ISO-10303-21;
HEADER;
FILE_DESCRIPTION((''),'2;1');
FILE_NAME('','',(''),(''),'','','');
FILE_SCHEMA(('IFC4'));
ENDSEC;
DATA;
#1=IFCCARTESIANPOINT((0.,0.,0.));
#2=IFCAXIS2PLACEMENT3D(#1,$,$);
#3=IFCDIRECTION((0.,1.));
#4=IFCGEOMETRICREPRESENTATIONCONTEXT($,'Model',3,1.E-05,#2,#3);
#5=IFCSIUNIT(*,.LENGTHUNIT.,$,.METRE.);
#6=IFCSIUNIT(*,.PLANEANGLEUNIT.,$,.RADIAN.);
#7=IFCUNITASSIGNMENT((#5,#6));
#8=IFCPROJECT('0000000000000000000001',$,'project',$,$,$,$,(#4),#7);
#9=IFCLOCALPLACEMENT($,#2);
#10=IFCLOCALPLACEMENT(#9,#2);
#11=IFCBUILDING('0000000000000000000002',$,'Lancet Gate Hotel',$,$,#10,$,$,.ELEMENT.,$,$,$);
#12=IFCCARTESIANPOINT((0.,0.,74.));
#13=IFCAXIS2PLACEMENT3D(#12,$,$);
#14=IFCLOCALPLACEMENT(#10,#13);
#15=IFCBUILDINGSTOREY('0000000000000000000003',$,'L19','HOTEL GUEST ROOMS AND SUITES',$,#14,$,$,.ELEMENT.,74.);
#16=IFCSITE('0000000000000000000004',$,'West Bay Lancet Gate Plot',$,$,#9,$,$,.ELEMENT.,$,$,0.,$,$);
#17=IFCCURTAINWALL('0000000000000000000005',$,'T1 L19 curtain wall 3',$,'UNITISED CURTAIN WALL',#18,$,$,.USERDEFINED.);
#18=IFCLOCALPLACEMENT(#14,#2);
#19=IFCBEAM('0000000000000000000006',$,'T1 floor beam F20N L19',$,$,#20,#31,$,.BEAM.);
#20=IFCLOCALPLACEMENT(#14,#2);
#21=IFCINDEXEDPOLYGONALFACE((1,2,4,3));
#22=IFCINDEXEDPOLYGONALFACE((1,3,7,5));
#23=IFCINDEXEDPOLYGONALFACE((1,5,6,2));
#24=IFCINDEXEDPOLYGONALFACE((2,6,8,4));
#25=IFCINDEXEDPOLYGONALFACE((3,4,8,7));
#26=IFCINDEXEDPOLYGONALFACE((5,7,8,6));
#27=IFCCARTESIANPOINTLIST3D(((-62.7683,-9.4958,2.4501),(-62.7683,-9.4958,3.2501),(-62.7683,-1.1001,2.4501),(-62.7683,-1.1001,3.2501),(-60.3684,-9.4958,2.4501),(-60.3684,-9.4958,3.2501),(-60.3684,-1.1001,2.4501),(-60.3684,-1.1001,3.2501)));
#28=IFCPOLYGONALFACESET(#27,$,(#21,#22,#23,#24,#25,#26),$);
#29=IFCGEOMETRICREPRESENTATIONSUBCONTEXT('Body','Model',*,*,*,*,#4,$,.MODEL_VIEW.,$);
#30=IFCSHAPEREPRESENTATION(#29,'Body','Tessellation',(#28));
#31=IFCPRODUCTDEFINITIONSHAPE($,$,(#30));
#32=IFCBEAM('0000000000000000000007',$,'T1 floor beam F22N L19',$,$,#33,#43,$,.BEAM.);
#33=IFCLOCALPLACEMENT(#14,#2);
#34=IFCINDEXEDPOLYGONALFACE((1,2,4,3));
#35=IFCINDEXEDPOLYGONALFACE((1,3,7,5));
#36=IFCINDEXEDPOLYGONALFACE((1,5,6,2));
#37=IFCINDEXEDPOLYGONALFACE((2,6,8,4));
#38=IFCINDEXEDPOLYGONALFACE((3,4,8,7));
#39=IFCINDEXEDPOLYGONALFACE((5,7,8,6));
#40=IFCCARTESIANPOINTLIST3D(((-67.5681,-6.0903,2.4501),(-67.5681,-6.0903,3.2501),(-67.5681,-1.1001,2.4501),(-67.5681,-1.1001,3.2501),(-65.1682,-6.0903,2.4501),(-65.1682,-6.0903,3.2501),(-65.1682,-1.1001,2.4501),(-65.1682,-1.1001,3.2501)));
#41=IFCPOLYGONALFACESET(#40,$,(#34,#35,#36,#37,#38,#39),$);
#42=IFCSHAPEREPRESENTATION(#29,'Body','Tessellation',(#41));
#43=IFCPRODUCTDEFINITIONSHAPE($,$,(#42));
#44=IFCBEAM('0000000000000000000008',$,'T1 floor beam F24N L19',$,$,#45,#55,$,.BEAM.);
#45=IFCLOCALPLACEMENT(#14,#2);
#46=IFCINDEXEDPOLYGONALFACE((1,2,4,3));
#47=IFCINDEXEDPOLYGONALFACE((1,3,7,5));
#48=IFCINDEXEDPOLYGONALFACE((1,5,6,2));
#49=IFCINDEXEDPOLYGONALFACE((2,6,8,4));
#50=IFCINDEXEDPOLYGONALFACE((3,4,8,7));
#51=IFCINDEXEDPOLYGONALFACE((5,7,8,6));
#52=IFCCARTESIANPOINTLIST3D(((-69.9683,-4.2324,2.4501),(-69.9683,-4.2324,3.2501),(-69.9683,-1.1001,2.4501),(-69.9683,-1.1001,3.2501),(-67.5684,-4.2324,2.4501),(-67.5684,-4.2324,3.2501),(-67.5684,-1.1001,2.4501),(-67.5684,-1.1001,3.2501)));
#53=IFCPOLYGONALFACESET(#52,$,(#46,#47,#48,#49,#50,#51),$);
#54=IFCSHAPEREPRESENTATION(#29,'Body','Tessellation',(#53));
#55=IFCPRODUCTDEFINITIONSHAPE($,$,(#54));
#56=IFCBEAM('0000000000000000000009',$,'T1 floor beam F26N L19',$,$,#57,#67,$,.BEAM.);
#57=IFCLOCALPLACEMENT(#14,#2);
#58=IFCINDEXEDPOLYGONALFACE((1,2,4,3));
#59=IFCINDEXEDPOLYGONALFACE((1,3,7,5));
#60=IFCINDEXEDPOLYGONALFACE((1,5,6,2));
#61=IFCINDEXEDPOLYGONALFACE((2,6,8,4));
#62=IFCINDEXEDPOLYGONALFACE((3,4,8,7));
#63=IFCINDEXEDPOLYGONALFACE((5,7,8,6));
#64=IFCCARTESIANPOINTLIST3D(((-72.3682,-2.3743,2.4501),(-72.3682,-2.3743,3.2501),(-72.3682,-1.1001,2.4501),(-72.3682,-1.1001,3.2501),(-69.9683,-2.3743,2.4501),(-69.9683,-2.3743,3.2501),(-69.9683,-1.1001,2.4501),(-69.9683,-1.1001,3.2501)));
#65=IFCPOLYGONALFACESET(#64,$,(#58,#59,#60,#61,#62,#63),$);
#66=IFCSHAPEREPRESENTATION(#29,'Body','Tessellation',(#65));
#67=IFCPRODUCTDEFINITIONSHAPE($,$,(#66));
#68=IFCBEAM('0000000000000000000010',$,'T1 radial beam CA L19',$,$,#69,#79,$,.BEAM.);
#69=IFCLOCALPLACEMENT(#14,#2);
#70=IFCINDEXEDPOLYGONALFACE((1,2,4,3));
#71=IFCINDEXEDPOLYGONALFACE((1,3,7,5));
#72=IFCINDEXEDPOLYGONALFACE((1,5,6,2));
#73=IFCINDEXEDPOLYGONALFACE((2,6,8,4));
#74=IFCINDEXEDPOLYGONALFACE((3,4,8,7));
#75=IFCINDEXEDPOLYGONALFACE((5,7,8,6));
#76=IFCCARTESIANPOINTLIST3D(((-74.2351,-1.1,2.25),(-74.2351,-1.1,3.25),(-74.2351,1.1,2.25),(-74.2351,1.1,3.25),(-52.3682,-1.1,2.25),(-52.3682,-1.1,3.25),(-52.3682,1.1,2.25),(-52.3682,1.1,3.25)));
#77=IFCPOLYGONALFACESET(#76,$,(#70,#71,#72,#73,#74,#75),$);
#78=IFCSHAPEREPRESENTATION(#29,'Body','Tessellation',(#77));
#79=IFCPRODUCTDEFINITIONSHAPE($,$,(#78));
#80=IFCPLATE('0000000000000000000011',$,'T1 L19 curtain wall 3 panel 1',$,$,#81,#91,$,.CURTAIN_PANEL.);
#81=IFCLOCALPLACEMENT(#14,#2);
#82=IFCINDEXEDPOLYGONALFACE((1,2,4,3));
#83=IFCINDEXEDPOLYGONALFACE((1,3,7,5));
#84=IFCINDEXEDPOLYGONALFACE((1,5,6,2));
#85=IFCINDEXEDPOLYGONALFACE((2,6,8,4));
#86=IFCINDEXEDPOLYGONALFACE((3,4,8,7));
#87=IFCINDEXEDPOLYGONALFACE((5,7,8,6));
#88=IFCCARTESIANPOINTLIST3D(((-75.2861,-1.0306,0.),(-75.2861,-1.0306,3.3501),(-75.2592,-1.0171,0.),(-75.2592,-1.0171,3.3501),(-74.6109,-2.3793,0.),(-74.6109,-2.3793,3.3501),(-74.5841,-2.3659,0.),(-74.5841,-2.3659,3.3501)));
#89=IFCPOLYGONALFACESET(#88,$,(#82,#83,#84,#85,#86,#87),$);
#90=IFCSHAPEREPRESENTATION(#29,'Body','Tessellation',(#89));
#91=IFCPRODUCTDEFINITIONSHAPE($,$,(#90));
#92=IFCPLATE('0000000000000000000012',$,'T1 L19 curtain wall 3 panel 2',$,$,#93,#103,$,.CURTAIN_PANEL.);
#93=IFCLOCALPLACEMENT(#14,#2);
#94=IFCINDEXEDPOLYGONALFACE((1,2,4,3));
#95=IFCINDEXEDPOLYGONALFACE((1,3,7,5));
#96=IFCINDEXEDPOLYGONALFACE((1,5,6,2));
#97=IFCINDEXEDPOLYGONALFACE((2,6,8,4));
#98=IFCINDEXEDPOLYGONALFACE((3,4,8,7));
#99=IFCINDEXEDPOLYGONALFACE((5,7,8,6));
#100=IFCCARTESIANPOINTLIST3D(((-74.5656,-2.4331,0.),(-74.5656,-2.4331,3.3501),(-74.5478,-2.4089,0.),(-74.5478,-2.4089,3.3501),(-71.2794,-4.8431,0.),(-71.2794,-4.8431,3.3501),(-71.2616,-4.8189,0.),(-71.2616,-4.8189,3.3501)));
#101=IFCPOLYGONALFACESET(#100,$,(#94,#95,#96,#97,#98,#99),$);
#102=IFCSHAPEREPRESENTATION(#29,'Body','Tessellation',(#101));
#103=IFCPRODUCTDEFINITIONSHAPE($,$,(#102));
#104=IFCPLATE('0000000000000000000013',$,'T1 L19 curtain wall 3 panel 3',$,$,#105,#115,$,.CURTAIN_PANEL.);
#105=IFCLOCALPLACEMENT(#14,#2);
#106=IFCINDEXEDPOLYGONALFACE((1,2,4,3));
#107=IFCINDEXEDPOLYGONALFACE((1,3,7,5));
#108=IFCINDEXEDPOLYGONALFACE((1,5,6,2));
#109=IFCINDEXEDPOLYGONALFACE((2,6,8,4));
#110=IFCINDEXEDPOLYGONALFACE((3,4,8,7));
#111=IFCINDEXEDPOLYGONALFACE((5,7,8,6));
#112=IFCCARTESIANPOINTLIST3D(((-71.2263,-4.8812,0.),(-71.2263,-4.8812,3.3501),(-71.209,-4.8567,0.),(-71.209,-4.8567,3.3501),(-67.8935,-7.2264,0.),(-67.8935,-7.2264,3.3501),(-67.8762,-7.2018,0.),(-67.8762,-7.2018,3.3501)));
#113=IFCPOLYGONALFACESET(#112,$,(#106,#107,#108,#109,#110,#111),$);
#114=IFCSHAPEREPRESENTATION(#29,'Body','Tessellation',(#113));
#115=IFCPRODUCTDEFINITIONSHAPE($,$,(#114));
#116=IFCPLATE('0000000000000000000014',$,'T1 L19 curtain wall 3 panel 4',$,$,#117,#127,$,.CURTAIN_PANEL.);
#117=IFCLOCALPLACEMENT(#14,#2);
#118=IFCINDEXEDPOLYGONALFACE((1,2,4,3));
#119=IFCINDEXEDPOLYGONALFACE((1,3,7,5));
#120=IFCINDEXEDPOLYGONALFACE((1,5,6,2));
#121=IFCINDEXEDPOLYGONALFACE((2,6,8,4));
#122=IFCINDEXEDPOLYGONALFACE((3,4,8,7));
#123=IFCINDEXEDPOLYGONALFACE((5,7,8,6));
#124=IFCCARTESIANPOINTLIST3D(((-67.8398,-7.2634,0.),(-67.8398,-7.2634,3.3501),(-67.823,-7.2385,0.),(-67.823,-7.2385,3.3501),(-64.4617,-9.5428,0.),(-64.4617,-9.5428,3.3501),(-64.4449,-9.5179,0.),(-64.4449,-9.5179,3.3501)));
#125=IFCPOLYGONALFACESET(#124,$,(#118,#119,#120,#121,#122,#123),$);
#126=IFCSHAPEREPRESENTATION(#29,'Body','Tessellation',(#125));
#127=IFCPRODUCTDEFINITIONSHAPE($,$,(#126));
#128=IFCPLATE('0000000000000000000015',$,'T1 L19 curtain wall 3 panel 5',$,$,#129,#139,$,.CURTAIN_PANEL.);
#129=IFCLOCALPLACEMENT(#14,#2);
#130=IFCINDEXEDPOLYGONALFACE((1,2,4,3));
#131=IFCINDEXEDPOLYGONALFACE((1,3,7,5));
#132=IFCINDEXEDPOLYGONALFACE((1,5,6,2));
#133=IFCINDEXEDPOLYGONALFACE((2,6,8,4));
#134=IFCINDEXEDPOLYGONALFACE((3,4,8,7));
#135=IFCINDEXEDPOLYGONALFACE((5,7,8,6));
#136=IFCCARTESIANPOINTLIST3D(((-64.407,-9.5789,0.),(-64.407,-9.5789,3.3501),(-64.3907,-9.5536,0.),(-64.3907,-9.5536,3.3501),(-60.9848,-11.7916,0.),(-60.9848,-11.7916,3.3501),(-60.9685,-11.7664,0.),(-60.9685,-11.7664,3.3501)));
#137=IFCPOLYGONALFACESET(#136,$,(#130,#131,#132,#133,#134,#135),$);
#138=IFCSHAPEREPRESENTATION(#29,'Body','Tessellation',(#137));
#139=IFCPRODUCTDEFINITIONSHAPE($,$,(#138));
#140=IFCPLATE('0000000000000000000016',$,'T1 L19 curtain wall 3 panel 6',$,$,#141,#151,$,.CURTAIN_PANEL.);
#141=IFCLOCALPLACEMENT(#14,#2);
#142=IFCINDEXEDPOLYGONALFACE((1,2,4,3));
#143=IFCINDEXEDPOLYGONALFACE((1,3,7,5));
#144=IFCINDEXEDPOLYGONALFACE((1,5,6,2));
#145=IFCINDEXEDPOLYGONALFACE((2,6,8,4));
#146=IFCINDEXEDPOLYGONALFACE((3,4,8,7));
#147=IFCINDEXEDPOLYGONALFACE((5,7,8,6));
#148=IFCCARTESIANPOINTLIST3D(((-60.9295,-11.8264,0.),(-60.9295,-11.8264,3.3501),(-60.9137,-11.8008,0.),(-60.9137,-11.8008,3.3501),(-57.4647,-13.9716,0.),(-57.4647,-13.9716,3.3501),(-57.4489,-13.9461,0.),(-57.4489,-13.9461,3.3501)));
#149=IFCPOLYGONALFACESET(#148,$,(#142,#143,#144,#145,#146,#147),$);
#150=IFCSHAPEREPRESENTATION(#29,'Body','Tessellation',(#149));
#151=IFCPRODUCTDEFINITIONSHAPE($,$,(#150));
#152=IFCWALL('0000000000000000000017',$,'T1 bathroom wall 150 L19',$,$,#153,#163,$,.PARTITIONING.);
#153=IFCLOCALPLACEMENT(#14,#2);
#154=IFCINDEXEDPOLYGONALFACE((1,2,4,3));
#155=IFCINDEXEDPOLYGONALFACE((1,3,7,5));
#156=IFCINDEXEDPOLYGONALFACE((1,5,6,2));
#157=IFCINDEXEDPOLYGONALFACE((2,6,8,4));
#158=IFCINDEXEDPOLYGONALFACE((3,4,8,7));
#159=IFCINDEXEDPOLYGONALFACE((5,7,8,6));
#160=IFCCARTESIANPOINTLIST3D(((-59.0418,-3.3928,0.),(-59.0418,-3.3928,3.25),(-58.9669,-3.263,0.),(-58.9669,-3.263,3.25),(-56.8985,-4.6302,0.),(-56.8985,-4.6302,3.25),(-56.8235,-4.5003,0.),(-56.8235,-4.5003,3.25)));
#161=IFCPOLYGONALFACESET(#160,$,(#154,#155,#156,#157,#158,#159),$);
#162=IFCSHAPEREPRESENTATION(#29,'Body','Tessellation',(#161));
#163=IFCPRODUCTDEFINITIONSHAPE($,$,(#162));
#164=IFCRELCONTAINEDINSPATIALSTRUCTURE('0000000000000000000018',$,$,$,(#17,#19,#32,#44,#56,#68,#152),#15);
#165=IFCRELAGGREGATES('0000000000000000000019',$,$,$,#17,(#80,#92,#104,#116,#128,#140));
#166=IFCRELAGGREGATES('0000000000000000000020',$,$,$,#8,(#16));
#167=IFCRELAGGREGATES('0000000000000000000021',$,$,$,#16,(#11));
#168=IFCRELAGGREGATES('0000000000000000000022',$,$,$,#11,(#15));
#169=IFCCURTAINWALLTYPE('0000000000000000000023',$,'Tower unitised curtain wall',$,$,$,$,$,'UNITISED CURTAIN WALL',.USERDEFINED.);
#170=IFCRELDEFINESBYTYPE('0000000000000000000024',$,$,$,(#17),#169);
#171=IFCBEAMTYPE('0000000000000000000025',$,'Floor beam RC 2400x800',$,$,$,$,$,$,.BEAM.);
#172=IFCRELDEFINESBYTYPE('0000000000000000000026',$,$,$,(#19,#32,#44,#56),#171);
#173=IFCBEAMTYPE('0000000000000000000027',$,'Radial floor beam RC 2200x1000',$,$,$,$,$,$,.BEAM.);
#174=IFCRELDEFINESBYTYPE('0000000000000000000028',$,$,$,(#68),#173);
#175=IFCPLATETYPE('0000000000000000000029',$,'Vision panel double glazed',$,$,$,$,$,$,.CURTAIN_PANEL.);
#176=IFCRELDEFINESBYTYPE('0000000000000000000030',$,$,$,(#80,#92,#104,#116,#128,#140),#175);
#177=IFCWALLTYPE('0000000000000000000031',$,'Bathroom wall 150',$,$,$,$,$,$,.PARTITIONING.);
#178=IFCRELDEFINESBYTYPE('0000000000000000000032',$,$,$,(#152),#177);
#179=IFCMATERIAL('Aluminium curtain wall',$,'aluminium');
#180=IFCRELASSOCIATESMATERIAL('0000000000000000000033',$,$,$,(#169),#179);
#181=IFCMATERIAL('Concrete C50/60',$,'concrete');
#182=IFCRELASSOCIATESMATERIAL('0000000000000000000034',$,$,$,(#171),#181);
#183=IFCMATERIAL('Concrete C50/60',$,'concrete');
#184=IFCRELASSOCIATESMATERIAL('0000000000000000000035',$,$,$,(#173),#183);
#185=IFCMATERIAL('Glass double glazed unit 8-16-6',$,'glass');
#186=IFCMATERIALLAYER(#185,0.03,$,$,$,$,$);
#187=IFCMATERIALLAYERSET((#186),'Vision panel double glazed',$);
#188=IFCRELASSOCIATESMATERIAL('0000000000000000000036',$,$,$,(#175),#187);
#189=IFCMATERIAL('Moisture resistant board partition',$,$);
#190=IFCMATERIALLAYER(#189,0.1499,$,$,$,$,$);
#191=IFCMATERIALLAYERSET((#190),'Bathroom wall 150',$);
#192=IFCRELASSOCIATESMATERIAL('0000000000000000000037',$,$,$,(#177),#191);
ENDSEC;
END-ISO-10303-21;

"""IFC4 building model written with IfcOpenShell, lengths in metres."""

from ifc_helpers import new_model, si_unit, direction, frame, frame_2d, origin, origin_2d, place, context, subcontext, project, spatial, rectangle, extrude, material, layer, layer_set, material_profile, profile_set, type_object, element, aggregate, save


model = new_model("IFC4")

# Units and contexts
model_context = context("Model", 3, precision=1e-05, world=origin(), true_north=direction((0.0, 1.0)))
body_context = subcontext(model_context, "Body", "Model", "MODEL_VIEW")
ifc_project = project(units=[si_unit("LENGTHUNIT", "METRE"), si_unit("PLANEANGLEUNIT", "RADIAN")], contexts=[model_context])

# Site, building, storey
site_placement = place(None, origin())
site = spatial("IfcSite", under=ifc_project, at=site_placement, Name="West Bay Lancet Gate Plot", CompositionType="ELEMENT", RefElevation=0.0)
building_placement = place(site_placement, origin())
building = spatial("IfcBuilding", under=site, at=building_placement, Name="Lancet Gate Hotel", CompositionType="ELEMENT")
storey_placement = place(building_placement, frame((0.0, 0.0, 74.0)))
storey = spatial("IfcBuildingStorey", under=building, at=storey_placement, Name="L19", Description="HOTEL GUEST ROOMS AND SUITES", CompositionType="ELEMENT", Elevation=74.0)

# Curtain wall
ifc_material_1 = material(Name="Aluminium curtain wall", Category="aluminium")
curtain_wall_type = type_object("IfcCurtainWallType", Name="Tower unitised curtain wall", ElementType="UNITISED CURTAIN WALL", PredefinedType="USERDEFINED", material=ifc_material_1)
curtain_wall_placement = place(storey_placement, origin())
curtain_wall = element("IfcCurtainWall", 1, at=curtain_wall_placement, inside=storey, type_object=curtain_wall_type, Name="T1 L19 curtain wall 3", ObjectType="UNITISED CURTAIN WALL", PredefinedType="USERDEFINED")

# Beams
ifc_material_2 = material(Name="Concrete C50/60", Category="concrete")
ifc_material_profile_1 = material_profile(ifc_material_2, rectangle(XDim=2.3999, YDim=0.8, at=origin_2d()), Name="RC 2400x800")
ifc_profile_set_1 = profile_set([ifc_material_profile_1], Name="Concrete C50/60")
beam_type_1 = type_object("IfcBeamType", Name="Floor beam RC 2400x800", PredefinedType="BEAM", material=ifc_profile_set_1)
beam_1_placement = place(storey_placement, frame((-61.5684, -1.1001, 2.8501), z_axis=(0.0, -1.0, 0.0), x_axis=(1.0, 0.0, 0.0)))
element("IfcBeam", 2, at=beam_1_placement, inside=storey, type_object=beam_type_1, Name="T1 floor beam F20N L19", PredefinedType="BEAM", context=body_context, shape_type="SweptSolid", body=[
    extrude(rectangle(XDim=2.3999, YDim=0.8, at=origin_2d()), origin(), (0.0, 0.0, 1.0), 8.3958),
])
beam_2_placement = place(storey_placement, frame((-66.3682, -1.1001, 2.8501), z_axis=(0.0, -1.0, 0.0), x_axis=(1.0, 0.0, 0.0)))
element("IfcBeam", 3, at=beam_2_placement, inside=storey, type_object=beam_type_1, Name="T1 floor beam F22N L19", PredefinedType="BEAM", context=body_context, shape_type="SweptSolid", body=[
    extrude(rectangle(XDim=2.3999, YDim=0.8, at=origin_2d()), origin(), (0.0, 0.0, 1.0), 4.9902),
])
beam_3_placement = place(storey_placement, frame((-68.7683, -1.1001, 2.8501), z_axis=(0.0, -1.0, 0.0), x_axis=(1.0, 0.0, 0.0)))
element("IfcBeam", 4, at=beam_3_placement, inside=storey, type_object=beam_type_1, Name="T1 floor beam F24N L19", PredefinedType="BEAM", context=body_context, shape_type="SweptSolid", body=[
    extrude(rectangle(XDim=2.3999, YDim=0.8, at=origin_2d()), origin(), (0.0, 0.0, 1.0), 3.1323),
])
beam_4_placement = place(storey_placement, frame((-71.1682, -1.1001, 2.8501), z_axis=(0.0, -1.0, 0.0), x_axis=(1.0, 0.0, 0.0)))
element("IfcBeam", 5, at=beam_4_placement, inside=storey, type_object=beam_type_1, Name="T1 floor beam F26N L19", PredefinedType="BEAM", context=body_context, shape_type="SweptSolid", body=[
    extrude(rectangle(XDim=2.3999, YDim=0.8, at=origin_2d()), origin(), (0.0, 0.0, 1.0), 1.2742),
])
ifc_material_3 = material(Name="Concrete C50/60", Category="concrete")
ifc_material_profile_2 = material_profile(ifc_material_3, rectangle(XDim=2.2, YDim=1.0, at=origin_2d()), Name="RC 2200x1000")
ifc_profile_set_2 = profile_set([ifc_material_profile_2], Name="Concrete C50/60")
beam_type_2 = type_object("IfcBeamType", Name="Radial floor beam RC 2200x1000", PredefinedType="BEAM", material=ifc_profile_set_2)
beam_5_placement = place(storey_placement, frame((-74.2351, 0.0, 2.75), z_axis=(1.0, 0.0, 0.0), x_axis=(0.0, 1.0, 0.0)))
element("IfcBeam", 6, at=beam_5_placement, inside=storey, type_object=beam_type_2, Name="T1 radial beam CA L19", PredefinedType="BEAM", context=body_context, shape_type="SweptSolid", body=[
    extrude(rectangle(XDim=2.2, YDim=1.0, at=origin_2d()), origin(), (0.0, 0.0, 1.0), 21.8669),
])

# Plates
ifc_material_4 = material(Name="Glass double glazed unit 8-16-6", Category="glass")
ifc_layer_1 = layer(ifc_material_4, 0.03)
ifc_layer_set_1 = layer_set([ifc_layer_1], Name="Vision panel double glazed")
plate_type = type_object("IfcPlateType", Name="Vision panel double glazed", PredefinedType="CURTAIN_PANEL", material=ifc_layer_set_1)
plate_1_placement = place(storey_placement, frame((-74.9351, -1.6982, 0.0), z_axis=(0.0, 0.0, 1.0), x_axis=(0.447628, -0.89422, 0.0)))
plate_1 = element("IfcPlate", 7, at=plate_1_placement, type_object=plate_type, Name="T1 L19 curtain wall 3 panel 1", PredefinedType="CURTAIN_PANEL", context=body_context, shape_type="SweptSolid", body=[
    extrude(rectangle(XDim=1.5083, YDim=0.03, at=origin_2d()), origin(), (0.0, 0.0, 1.0), 3.3501),
])
plate_2_placement = place(storey_placement, frame((-72.9136, -3.626, 0.0), z_axis=(0.0, 0.0, 1.0), x_axis=(0.80639, -0.591384, 0.0)))
plate_2 = element("IfcPlate", 8, at=plate_2_placement, type_object=plate_type, Name="T1 L19 curtain wall 3 panel 2", PredefinedType="CURTAIN_PANEL", context=body_context, shape_type="SweptSolid", body=[
    extrude(rectangle(XDim=4.0752, YDim=0.03, at=origin_2d()), origin(), (0.0, 0.0, 1.0), 3.3501),
])
plate_3_placement = place(storey_placement, frame((-69.5513, -6.0415, 0.0), z_axis=(0.0, 0.0, 1.0), x_axis=(0.817825, -0.575467, 0.0)))
plate_3 = element("IfcPlate", 9, at=plate_3_placement, type_object=plate_type, Name="T1 L19 curtain wall 3 panel 3", PredefinedType="CURTAIN_PANEL", context=body_context, shape_type="SweptSolid", body=[
    extrude(rectangle(XDim=4.0752, YDim=0.03, at=origin_2d()), origin(), (0.0, 0.0, 1.0), 3.3501),
])
plate_4_placement = place(storey_placement, frame((-66.1423, -8.3906, 0.0), z_axis=(0.0, 0.0, 1.0), x_axis=(0.828946, -0.559329, 0.0)))
plate_4 = element("IfcPlate", 10, at=plate_4_placement, type_object=plate_type, Name="T1 L19 curtain wall 3 panel 4", PredefinedType="CURTAIN_PANEL", context=body_context, shape_type="SweptSolid", body=[
    extrude(rectangle(XDim=4.0752, YDim=0.03, at=origin_2d()), origin(), (0.0, 0.0, 1.0), 3.3501),
])
plate_5_placement = place(storey_placement, frame((-62.6877, -10.6726, 0.0), z_axis=(0.0, 0.0, 1.0), x_axis=(0.839749, -0.542975, 0.0)))
plate_5 = element("IfcPlate", 11, at=plate_5_placement, type_object=plate_type, Name="T1 L19 curtain wall 3 panel 5", PredefinedType="CURTAIN_PANEL", context=body_context, shape_type="SweptSolid", body=[
    extrude(rectangle(XDim=4.0752, YDim=0.03, at=origin_2d()), origin(), (0.0, 0.0, 1.0), 3.3501),
])
plate_6_placement = place(storey_placement, frame((-59.1892, -12.8862, 0.0), z_axis=(0.0, 0.0, 1.0), x_axis=(0.850229, -0.526414, 0.0)))
plate_6 = element("IfcPlate", 12, at=plate_6_placement, type_object=plate_type, Name="T1 L19 curtain wall 3 panel 6", PredefinedType="CURTAIN_PANEL", context=body_context, shape_type="SweptSolid", body=[
    extrude(rectangle(XDim=4.0752, YDim=0.03, at=origin_2d()), origin(), (0.0, 0.0, 1.0), 3.3501),
])
aggregate(curtain_wall, [plate_1, plate_2, plate_3, plate_4, plate_5, plate_6])

# Wall
ifc_material_5 = material(Name="Moisture resistant board partition")
ifc_layer_2 = layer(ifc_material_5, 0.1499)
ifc_layer_set_2 = layer_set([ifc_layer_2], Name="Bathroom wall 150")
wall_type = type_object("IfcWallType", Name="Bathroom wall 150", PredefinedType="PARTITIONING", material=ifc_layer_set_2)
wall_1_placement = place(storey_placement, frame((-56.8611, -4.5652, 0.0), z_axis=(0.0, 0.0, 1.0), x_axis=(-0.866049, 0.499959, 0.0)))
element("IfcWall", 13, at=wall_1_placement, inside=storey, type_object=wall_type, Name="T1 bathroom wall 150 L19", PredefinedType="PARTITIONING", context=body_context, shape_type="SweptSolid", body=[
    extrude(rectangle(XDim=2.4749, YDim=0.1499, at=frame_2d((1.2373, 0.0))), origin(), (0.0, 0.0, 1.0), 3.25),
])

save(model, "model.ifc")
